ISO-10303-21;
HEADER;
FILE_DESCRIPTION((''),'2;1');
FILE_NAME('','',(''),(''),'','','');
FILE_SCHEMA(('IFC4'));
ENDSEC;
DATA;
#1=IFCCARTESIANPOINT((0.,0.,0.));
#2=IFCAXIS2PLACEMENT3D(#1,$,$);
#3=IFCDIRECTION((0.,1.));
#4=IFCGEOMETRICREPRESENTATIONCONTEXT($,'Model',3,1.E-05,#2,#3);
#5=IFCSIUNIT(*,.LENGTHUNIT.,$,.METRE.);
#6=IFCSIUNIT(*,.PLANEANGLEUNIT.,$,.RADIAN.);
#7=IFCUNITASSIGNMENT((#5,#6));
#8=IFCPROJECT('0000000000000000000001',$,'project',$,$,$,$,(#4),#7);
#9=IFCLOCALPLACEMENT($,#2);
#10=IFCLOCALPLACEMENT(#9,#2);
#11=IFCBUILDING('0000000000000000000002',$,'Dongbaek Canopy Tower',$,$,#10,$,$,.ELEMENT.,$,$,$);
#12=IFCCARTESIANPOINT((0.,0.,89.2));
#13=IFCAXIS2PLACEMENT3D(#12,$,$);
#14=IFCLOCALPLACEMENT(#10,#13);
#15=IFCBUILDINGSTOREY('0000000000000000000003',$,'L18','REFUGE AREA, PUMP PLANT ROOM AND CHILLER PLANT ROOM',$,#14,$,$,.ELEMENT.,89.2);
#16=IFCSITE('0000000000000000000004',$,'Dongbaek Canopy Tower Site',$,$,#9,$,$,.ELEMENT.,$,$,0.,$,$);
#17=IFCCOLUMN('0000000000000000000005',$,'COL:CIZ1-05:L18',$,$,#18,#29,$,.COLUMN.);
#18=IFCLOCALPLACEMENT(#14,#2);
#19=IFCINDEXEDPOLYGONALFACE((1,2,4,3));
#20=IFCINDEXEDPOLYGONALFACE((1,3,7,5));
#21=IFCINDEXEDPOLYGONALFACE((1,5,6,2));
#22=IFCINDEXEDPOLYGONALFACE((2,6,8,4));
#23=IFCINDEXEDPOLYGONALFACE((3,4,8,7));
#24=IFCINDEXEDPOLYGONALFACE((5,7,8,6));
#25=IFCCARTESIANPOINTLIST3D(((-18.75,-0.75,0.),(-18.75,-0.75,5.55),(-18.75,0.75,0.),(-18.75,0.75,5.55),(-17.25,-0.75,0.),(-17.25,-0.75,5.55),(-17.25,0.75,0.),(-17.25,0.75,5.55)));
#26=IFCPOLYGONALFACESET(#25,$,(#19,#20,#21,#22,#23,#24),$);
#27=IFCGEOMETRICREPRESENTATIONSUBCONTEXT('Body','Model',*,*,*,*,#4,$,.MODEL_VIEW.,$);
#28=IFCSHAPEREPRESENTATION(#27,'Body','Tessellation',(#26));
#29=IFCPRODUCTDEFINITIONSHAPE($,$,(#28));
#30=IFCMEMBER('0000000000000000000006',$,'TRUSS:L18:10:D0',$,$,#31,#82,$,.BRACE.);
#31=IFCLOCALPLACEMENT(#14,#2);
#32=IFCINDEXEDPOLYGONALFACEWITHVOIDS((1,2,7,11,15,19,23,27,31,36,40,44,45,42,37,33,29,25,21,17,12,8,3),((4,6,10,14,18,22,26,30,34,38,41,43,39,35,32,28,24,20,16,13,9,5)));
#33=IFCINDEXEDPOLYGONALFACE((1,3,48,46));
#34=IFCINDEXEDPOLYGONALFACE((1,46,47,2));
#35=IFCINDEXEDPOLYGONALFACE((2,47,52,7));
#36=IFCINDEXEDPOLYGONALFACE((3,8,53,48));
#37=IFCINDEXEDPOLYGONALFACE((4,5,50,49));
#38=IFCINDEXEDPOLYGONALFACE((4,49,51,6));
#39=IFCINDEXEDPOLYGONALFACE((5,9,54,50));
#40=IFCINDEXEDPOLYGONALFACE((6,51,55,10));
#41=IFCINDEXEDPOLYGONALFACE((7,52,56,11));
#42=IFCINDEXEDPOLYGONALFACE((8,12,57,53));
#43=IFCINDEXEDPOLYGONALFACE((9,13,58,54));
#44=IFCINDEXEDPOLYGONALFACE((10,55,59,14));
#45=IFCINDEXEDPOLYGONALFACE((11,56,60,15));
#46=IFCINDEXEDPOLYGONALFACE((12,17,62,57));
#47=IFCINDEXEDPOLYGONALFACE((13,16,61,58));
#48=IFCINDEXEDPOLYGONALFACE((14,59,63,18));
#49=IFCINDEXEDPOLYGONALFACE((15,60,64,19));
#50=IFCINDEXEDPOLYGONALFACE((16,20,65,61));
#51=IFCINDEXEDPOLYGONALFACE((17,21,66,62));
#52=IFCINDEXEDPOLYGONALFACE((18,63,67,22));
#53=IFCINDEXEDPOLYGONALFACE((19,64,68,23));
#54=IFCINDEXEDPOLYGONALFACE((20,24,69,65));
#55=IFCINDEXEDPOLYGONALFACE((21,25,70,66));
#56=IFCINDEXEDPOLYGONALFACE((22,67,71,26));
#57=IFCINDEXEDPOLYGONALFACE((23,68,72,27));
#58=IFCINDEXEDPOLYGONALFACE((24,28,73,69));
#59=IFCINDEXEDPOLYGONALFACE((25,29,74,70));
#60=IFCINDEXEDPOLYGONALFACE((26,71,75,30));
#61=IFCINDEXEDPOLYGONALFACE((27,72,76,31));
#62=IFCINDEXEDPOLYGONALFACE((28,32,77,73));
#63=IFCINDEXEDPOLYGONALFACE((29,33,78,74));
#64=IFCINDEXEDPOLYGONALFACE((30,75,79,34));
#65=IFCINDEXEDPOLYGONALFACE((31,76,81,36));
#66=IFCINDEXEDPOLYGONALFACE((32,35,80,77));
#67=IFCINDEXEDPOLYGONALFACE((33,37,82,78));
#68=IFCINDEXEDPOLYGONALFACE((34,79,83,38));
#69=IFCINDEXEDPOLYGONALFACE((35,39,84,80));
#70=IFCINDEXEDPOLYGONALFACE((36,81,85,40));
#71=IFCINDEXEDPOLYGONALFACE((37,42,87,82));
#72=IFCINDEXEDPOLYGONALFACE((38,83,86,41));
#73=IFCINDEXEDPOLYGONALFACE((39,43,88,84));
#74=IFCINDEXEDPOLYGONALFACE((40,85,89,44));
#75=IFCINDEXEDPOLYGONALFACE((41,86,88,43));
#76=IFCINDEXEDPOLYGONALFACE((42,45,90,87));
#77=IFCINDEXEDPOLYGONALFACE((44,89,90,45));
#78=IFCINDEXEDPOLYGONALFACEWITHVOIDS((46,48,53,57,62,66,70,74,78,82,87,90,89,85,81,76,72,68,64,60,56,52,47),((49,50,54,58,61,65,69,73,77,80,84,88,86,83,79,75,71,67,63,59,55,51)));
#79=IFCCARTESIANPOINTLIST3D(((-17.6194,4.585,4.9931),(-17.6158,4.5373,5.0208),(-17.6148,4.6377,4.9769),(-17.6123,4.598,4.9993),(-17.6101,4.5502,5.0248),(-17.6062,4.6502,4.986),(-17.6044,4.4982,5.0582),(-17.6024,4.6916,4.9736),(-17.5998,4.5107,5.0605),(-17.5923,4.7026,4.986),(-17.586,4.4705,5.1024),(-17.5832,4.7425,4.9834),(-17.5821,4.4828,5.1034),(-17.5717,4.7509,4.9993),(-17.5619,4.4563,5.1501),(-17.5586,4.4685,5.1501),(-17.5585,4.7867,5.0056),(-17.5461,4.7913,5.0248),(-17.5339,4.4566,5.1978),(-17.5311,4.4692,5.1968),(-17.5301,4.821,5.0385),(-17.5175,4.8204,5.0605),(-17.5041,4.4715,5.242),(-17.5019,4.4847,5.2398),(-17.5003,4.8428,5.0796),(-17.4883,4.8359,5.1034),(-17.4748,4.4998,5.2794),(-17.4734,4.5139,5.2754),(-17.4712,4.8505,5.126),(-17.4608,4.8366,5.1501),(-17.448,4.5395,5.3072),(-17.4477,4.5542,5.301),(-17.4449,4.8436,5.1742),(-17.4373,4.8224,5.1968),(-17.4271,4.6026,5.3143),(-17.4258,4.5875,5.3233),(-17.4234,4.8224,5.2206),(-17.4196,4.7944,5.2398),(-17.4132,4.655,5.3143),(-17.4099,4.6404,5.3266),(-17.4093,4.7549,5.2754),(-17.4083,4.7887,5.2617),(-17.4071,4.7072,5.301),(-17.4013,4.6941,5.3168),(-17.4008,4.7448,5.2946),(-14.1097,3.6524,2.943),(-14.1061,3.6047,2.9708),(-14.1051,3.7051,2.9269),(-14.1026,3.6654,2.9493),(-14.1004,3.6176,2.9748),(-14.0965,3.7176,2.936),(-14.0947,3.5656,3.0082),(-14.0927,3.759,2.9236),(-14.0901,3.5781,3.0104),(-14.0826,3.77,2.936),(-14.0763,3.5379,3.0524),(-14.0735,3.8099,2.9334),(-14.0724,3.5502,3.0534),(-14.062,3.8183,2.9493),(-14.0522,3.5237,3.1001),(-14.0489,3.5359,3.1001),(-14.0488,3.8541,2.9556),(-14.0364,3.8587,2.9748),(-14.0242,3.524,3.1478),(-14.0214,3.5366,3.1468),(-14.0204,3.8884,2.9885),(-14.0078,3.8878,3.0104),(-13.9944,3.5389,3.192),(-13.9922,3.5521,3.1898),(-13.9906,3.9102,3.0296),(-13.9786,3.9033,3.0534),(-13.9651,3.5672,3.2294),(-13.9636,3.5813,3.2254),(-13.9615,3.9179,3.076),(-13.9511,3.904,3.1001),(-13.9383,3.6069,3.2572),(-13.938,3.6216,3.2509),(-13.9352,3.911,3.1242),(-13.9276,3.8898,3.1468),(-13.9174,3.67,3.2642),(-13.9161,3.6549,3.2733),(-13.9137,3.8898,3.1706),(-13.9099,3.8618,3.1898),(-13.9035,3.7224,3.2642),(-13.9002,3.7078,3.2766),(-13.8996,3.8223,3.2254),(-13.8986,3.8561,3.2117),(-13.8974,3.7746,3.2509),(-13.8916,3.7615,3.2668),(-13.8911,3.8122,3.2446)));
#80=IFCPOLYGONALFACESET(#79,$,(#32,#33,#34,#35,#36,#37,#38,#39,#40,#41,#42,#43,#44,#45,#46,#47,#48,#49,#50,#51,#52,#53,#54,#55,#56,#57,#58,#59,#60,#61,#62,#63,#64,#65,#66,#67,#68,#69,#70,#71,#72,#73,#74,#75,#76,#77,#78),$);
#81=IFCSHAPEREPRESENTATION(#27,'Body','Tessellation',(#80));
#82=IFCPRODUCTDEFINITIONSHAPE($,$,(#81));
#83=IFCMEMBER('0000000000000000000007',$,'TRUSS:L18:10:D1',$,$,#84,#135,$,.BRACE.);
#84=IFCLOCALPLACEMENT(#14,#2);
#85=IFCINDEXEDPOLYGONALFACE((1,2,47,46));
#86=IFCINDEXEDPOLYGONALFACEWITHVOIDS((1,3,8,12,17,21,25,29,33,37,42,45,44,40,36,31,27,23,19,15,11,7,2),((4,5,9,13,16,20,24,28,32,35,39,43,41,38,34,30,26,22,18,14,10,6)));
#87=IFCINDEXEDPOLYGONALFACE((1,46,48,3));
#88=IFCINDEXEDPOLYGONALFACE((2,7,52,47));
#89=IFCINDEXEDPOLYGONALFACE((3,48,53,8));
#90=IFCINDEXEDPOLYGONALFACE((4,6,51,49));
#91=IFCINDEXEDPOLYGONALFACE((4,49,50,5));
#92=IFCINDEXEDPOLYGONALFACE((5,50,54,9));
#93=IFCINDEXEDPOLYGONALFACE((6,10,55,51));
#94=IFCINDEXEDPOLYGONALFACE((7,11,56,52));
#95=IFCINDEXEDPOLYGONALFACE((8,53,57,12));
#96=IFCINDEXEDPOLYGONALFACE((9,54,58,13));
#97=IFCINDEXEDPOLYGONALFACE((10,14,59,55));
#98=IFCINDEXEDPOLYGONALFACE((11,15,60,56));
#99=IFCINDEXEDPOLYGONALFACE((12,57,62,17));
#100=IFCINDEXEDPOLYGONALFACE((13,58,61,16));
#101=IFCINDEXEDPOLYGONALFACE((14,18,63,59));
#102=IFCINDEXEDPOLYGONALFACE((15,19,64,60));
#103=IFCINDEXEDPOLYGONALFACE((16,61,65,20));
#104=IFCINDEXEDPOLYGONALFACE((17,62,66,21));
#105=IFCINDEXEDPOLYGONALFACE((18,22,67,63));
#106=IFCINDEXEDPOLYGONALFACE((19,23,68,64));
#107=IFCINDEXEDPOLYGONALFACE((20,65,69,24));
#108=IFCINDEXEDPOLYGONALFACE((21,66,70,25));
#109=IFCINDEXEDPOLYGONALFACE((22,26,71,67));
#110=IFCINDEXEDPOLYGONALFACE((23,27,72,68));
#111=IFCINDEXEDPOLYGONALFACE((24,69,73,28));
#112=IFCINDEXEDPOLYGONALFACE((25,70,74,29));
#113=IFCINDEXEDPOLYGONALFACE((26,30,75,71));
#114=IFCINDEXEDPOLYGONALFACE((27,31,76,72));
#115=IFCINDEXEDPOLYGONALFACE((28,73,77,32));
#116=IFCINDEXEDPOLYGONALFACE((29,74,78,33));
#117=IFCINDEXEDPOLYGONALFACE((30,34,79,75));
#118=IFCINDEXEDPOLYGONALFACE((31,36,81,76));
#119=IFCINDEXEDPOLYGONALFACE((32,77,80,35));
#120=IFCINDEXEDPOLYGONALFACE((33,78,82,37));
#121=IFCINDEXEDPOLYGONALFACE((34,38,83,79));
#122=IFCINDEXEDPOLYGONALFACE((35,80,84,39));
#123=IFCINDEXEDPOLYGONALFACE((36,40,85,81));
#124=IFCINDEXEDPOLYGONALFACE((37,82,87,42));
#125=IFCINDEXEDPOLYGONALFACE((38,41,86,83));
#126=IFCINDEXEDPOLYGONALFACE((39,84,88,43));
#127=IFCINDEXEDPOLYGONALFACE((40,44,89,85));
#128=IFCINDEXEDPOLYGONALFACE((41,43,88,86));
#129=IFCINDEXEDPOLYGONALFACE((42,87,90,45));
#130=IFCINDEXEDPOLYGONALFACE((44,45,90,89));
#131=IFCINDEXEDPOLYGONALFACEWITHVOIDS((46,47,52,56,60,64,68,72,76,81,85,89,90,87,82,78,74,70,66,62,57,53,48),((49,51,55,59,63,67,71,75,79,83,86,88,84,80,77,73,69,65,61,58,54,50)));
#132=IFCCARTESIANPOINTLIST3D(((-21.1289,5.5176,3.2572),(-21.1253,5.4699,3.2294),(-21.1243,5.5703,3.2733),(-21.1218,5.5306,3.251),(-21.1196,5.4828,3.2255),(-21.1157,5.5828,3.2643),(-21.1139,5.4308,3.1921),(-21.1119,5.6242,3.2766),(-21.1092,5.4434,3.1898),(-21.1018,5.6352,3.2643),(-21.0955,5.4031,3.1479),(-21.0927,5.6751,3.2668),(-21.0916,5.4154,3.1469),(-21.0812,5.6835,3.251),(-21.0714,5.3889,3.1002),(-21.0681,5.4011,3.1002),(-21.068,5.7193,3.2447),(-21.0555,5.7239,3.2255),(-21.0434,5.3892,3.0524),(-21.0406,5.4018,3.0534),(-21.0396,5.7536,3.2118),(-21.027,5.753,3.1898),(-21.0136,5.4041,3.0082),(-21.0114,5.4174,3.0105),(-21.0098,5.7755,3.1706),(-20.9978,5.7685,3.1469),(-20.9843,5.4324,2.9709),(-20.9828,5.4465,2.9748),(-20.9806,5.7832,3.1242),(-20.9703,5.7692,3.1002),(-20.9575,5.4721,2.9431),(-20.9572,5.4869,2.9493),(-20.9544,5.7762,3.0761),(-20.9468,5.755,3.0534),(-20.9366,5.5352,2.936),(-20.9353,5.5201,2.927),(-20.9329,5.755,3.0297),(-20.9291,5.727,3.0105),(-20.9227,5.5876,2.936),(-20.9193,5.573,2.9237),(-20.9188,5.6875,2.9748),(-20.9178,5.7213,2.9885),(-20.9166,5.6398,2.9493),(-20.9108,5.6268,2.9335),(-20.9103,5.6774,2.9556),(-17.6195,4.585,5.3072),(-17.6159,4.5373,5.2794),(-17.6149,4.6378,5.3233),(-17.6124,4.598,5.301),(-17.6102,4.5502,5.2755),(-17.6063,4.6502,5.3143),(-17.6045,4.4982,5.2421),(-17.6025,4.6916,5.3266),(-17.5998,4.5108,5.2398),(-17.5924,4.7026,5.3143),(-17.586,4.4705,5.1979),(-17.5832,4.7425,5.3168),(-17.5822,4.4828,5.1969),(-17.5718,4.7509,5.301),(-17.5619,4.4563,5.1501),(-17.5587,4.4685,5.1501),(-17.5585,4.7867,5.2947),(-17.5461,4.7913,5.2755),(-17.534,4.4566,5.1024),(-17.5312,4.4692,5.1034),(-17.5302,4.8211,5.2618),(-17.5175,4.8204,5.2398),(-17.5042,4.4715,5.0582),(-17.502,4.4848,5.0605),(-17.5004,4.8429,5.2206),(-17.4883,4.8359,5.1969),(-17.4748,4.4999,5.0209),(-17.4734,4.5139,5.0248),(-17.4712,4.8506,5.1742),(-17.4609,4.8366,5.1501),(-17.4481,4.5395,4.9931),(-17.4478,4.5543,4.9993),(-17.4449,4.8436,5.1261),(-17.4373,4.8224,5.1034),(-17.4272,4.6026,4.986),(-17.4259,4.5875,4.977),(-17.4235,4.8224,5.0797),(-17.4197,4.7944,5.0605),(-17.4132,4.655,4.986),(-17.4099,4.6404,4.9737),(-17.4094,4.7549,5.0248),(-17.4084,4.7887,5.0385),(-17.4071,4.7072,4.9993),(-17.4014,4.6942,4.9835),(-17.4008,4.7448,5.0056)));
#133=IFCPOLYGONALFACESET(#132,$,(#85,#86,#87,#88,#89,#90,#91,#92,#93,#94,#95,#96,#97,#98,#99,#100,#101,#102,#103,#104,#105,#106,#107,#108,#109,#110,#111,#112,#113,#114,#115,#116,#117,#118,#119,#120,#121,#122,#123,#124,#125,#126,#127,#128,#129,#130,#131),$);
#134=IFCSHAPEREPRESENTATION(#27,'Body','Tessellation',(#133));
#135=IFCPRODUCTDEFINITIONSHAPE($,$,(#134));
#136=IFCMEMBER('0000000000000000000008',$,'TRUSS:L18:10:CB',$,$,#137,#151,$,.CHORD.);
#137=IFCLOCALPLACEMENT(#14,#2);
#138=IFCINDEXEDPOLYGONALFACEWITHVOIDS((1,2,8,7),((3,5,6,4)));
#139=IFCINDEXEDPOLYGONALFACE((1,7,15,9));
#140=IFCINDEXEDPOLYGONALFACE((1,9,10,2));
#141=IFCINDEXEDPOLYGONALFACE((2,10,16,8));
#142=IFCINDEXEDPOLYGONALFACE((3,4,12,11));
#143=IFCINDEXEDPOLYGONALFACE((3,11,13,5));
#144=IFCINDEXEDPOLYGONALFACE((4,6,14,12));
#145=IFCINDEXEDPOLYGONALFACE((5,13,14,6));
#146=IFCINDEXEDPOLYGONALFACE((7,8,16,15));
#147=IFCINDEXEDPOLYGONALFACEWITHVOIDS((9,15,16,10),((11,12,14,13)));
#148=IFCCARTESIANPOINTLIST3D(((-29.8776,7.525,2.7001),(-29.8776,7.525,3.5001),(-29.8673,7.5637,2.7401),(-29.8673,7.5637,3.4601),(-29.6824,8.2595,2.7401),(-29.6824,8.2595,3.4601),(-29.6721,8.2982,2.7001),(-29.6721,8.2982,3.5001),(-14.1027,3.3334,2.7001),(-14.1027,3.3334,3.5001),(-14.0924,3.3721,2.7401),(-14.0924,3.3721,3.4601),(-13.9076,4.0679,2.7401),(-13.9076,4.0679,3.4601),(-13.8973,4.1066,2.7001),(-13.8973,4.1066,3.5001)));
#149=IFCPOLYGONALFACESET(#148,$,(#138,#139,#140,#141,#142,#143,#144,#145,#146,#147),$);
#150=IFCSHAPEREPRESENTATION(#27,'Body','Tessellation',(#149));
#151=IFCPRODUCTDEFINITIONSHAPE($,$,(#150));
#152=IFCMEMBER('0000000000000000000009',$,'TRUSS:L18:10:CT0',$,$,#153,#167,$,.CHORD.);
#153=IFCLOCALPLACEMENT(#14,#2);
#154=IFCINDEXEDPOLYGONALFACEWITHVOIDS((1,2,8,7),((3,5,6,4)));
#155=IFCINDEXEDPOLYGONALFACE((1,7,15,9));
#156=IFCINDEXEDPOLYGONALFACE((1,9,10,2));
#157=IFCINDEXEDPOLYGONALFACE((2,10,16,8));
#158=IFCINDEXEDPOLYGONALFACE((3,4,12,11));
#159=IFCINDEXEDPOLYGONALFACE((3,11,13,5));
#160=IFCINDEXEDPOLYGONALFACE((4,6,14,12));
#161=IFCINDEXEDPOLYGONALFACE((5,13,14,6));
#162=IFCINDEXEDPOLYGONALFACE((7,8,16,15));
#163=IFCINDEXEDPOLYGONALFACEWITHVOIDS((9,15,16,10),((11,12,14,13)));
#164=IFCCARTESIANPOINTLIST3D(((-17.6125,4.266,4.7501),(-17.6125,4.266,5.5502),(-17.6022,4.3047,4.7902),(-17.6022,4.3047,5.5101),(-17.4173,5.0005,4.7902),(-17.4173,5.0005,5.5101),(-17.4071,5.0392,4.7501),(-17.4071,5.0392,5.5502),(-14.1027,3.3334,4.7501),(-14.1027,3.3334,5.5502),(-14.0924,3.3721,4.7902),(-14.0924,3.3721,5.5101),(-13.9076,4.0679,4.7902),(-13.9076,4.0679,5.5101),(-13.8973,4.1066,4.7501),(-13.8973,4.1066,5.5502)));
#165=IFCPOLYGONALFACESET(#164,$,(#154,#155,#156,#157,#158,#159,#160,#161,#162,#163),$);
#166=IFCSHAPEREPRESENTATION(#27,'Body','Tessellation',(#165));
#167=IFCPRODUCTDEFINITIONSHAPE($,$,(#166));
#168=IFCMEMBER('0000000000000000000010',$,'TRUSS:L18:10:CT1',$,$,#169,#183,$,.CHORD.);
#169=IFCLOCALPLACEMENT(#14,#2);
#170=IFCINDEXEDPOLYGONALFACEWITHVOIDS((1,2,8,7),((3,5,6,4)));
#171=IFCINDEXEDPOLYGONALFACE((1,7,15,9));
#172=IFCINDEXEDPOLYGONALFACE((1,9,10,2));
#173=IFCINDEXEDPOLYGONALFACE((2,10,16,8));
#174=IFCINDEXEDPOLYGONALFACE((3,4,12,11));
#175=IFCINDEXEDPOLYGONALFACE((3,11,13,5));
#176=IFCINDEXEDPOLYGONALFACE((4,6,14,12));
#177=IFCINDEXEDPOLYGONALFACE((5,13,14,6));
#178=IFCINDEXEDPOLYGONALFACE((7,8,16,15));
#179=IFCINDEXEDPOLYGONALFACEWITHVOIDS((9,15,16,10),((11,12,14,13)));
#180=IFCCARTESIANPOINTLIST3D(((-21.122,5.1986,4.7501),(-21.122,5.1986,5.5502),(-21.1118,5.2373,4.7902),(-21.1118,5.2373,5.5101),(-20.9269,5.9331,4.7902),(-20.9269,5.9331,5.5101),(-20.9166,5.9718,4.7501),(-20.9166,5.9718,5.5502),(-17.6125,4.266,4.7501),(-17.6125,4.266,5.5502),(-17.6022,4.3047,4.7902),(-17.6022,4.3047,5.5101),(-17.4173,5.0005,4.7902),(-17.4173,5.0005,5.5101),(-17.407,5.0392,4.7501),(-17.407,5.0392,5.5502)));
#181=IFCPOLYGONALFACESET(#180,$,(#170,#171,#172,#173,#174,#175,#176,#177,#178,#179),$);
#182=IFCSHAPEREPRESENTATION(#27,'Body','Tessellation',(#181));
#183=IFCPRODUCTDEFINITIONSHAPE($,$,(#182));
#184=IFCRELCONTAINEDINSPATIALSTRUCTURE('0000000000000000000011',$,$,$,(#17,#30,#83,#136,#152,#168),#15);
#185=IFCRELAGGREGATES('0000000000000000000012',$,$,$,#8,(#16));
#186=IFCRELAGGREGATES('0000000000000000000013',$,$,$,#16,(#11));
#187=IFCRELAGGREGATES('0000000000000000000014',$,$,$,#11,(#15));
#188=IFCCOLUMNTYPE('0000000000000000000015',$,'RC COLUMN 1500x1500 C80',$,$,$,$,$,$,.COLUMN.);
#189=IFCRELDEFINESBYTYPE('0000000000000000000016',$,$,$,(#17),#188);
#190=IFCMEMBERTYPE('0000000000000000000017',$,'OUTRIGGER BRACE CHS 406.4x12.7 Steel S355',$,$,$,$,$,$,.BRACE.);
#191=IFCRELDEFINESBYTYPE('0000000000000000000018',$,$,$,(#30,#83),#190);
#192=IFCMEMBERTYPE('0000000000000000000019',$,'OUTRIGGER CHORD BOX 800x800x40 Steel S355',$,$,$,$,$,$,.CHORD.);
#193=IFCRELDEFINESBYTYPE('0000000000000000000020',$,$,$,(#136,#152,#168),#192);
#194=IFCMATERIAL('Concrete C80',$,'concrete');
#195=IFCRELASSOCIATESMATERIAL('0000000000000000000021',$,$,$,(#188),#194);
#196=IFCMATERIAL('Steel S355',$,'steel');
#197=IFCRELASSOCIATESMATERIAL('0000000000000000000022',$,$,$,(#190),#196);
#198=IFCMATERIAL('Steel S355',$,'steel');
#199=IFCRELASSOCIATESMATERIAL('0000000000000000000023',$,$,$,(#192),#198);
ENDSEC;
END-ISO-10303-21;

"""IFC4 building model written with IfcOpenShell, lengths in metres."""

from ifc_helpers import new_model, si_unit, direction, frame, origin, origin_2d, place, context, subcontext, project, spatial, rectangle, hollow_rectangle, hollow_circle, extrude, material, material_profile, profile_set, type_object, element, save


model = new_model("IFC4")

# Units and contexts
model_context = context("Model", 3, precision=1e-05, world=origin(), true_north=direction((0.0, 1.0)))
body_context = subcontext(model_context, "Body", "Model", "MODEL_VIEW")
ifc_project = project(units=[si_unit("LENGTHUNIT", "METRE"), si_unit("PLANEANGLEUNIT", "RADIAN")], contexts=[model_context])

# Site, building, storey
site_placement = place(None, origin())
site = spatial("IfcSite", under=ifc_project, at=site_placement, Name="Dongbaek Canopy Tower Site", CompositionType="ELEMENT", RefElevation=0.0)
building_placement = place(site_placement, origin())
building = spatial("IfcBuilding", under=site, at=building_placement, Name="Dongbaek Canopy Tower", CompositionType="ELEMENT")
storey_placement = place(building_placement, frame((0.0, 0.0, 89.2)))
storey = spatial("IfcBuildingStorey", under=building, at=storey_placement, Name="L18", Description="REFUGE AREA, PUMP PLANT ROOM AND CHILLER PLANT ROOM", CompositionType="ELEMENT", Elevation=89.2)

# Column
ifc_material_1 = material(Name="Concrete C80", Category="concrete")
ifc_material_profile_1 = material_profile(ifc_material_1, rectangle(XDim=1.5, YDim=1.5, at=origin_2d()), Name="RC COLUMN 1500x1500 C80")
ifc_profile_set_1 = profile_set([ifc_material_profile_1], Name="Concrete C80")
column_type = type_object("IfcColumnType", Name="RC COLUMN 1500x1500 C80", PredefinedType="COLUMN", material=ifc_profile_set_1)
column_placement = place(storey_placement, frame((-18.0, 0.0, 0.0), z_axis=(0.0, 0.0, 1.0), x_axis=(1.0, 0.0, 0.0)))
element("IfcColumn", 1, at=column_placement, inside=storey, type_object=column_type, Name="COL:CIZ1-05:L18", PredefinedType="COLUMN", context=body_context, shape_type="SweptSolid", body=[
    extrude(rectangle(XDim=1.5, YDim=1.5, at=origin_2d()), origin(), (0.0, 0.0, 1.0), 5.55),
])

# Members
ifc_material_2 = material(Name="Steel S355", Category="steel")
ifc_material_profile_2 = material_profile(ifc_material_2, hollow_circle(Radius=0.2031, WallThickness=0.0127, at=origin_2d()), Name="OUTRIGGER BRACE CHS 406.4x12.7 Steel S355")
ifc_profile_set_2 = profile_set([ifc_material_profile_2], Name="Steel S355")
member_type_1 = type_object("IfcMemberType", Name="OUTRIGGER BRACE CHS 406.4x12.7 Steel S355", PredefinedType="BRACE", material=ifc_profile_set_2)
member_1_placement = place(storey_placement, frame((-14.0, 3.72, 3.1001), z_axis=(-0.841621, 0.223636, 0.49159), x_axis=(-0.256809, -0.966462, 0.0)))
element("IfcMember", 2, at=member_1_placement, inside=storey, type_object=member_type_1, Name="TRUSS:L18:10:D0", PredefinedType="BRACE", context=body_context, shape_type="SweptSolid", body=[
    extrude(hollow_circle(Radius=0.2031, WallThickness=0.0127, at=origin_2d()), origin(), (0.0, 0.0, 1.0), 4.1702),
])
member_2_placement = place(storey_placement, frame((-17.5098, 4.6526, 5.1501), z_axis=(-0.841604, 0.223647, -0.491614), x_axis=(-0.256826, -0.966458, 0.0)))
element("IfcMember", 3, at=member_2_placement, inside=storey, type_object=member_type_1, Name="TRUSS:L18:10:D1", PredefinedType="BRACE", context=body_context, shape_type="SweptSolid", body=[
    extrude(hollow_circle(Radius=0.2031, WallThickness=0.0127, at=origin_2d()), origin(), (0.0, 0.0, 1.0), 4.1699),
])
ifc_material_3 = material(Name="Steel S355", Category="steel")
ifc_material_profile_3 = material_profile(ifc_material_3, hollow_rectangle(XDim=0.8, YDim=0.8, WallThickness=0.04, at=origin_2d()), Name="OUTRIGGER CHORD BOX 800x800x40 Steel S355")
ifc_profile_set_3 = profile_set([ifc_material_profile_3], Name="Steel S355")
member_type_2 = type_object("IfcMemberType", Name="OUTRIGGER CHORD BOX 800x800x40 Steel S355", PredefinedType="CHORD", material=ifc_profile_set_3)
member_3_placement = place(storey_placement, frame((-14.0, 3.72, 3.1001), z_axis=(-0.966463, 0.256805, 0.0), x_axis=(-0.256805, -0.966463, 0.0)))
element("IfcMember", 4, at=member_3_placement, inside=storey, type_object=member_type_2, Name="TRUSS:L18:10:CB", PredefinedType="CHORD", context=body_context, shape_type="SweptSolid", body=[
    extrude(hollow_rectangle(XDim=0.8, YDim=0.8, WallThickness=0.04, at=origin_2d()), origin(), (0.0, 0.0, 1.0), 16.3223),
])
member_4_placement = place(storey_placement, frame((-14.0, 3.72, 5.1501), z_axis=(-0.966462, 0.256809, 0.0), x_axis=(-0.256809, -0.966462, 0.0)))
element("IfcMember", 5, at=member_4_placement, inside=storey, type_object=member_type_2, Name="TRUSS:L18:10:CT0", PredefinedType="CHORD", context=body_context, shape_type="SweptSolid", body=[
    extrude(hollow_rectangle(XDim=0.8, YDim=0.8, WallThickness=0.04, at=origin_2d()), origin(), (0.0, 0.0, 1.0), 3.6316),
])
member_5_placement = place(storey_placement, frame((-17.5098, 4.6526, 5.1501), z_axis=(-0.966458, 0.256826, 0.0), x_axis=(-0.256826, -0.966458, 0.0)))
element("IfcMember", 6, at=member_5_placement, inside=storey, type_object=member_type_2, Name="TRUSS:L18:10:CT1", PredefinedType="CHORD", context=body_context, shape_type="SweptSolid", body=[
    extrude(hollow_rectangle(XDim=0.8, YDim=0.8, WallThickness=0.04, at=origin_2d()), origin(), (0.0, 0.0, 1.0), 3.6313),
])

save(model, "model.ifc")
